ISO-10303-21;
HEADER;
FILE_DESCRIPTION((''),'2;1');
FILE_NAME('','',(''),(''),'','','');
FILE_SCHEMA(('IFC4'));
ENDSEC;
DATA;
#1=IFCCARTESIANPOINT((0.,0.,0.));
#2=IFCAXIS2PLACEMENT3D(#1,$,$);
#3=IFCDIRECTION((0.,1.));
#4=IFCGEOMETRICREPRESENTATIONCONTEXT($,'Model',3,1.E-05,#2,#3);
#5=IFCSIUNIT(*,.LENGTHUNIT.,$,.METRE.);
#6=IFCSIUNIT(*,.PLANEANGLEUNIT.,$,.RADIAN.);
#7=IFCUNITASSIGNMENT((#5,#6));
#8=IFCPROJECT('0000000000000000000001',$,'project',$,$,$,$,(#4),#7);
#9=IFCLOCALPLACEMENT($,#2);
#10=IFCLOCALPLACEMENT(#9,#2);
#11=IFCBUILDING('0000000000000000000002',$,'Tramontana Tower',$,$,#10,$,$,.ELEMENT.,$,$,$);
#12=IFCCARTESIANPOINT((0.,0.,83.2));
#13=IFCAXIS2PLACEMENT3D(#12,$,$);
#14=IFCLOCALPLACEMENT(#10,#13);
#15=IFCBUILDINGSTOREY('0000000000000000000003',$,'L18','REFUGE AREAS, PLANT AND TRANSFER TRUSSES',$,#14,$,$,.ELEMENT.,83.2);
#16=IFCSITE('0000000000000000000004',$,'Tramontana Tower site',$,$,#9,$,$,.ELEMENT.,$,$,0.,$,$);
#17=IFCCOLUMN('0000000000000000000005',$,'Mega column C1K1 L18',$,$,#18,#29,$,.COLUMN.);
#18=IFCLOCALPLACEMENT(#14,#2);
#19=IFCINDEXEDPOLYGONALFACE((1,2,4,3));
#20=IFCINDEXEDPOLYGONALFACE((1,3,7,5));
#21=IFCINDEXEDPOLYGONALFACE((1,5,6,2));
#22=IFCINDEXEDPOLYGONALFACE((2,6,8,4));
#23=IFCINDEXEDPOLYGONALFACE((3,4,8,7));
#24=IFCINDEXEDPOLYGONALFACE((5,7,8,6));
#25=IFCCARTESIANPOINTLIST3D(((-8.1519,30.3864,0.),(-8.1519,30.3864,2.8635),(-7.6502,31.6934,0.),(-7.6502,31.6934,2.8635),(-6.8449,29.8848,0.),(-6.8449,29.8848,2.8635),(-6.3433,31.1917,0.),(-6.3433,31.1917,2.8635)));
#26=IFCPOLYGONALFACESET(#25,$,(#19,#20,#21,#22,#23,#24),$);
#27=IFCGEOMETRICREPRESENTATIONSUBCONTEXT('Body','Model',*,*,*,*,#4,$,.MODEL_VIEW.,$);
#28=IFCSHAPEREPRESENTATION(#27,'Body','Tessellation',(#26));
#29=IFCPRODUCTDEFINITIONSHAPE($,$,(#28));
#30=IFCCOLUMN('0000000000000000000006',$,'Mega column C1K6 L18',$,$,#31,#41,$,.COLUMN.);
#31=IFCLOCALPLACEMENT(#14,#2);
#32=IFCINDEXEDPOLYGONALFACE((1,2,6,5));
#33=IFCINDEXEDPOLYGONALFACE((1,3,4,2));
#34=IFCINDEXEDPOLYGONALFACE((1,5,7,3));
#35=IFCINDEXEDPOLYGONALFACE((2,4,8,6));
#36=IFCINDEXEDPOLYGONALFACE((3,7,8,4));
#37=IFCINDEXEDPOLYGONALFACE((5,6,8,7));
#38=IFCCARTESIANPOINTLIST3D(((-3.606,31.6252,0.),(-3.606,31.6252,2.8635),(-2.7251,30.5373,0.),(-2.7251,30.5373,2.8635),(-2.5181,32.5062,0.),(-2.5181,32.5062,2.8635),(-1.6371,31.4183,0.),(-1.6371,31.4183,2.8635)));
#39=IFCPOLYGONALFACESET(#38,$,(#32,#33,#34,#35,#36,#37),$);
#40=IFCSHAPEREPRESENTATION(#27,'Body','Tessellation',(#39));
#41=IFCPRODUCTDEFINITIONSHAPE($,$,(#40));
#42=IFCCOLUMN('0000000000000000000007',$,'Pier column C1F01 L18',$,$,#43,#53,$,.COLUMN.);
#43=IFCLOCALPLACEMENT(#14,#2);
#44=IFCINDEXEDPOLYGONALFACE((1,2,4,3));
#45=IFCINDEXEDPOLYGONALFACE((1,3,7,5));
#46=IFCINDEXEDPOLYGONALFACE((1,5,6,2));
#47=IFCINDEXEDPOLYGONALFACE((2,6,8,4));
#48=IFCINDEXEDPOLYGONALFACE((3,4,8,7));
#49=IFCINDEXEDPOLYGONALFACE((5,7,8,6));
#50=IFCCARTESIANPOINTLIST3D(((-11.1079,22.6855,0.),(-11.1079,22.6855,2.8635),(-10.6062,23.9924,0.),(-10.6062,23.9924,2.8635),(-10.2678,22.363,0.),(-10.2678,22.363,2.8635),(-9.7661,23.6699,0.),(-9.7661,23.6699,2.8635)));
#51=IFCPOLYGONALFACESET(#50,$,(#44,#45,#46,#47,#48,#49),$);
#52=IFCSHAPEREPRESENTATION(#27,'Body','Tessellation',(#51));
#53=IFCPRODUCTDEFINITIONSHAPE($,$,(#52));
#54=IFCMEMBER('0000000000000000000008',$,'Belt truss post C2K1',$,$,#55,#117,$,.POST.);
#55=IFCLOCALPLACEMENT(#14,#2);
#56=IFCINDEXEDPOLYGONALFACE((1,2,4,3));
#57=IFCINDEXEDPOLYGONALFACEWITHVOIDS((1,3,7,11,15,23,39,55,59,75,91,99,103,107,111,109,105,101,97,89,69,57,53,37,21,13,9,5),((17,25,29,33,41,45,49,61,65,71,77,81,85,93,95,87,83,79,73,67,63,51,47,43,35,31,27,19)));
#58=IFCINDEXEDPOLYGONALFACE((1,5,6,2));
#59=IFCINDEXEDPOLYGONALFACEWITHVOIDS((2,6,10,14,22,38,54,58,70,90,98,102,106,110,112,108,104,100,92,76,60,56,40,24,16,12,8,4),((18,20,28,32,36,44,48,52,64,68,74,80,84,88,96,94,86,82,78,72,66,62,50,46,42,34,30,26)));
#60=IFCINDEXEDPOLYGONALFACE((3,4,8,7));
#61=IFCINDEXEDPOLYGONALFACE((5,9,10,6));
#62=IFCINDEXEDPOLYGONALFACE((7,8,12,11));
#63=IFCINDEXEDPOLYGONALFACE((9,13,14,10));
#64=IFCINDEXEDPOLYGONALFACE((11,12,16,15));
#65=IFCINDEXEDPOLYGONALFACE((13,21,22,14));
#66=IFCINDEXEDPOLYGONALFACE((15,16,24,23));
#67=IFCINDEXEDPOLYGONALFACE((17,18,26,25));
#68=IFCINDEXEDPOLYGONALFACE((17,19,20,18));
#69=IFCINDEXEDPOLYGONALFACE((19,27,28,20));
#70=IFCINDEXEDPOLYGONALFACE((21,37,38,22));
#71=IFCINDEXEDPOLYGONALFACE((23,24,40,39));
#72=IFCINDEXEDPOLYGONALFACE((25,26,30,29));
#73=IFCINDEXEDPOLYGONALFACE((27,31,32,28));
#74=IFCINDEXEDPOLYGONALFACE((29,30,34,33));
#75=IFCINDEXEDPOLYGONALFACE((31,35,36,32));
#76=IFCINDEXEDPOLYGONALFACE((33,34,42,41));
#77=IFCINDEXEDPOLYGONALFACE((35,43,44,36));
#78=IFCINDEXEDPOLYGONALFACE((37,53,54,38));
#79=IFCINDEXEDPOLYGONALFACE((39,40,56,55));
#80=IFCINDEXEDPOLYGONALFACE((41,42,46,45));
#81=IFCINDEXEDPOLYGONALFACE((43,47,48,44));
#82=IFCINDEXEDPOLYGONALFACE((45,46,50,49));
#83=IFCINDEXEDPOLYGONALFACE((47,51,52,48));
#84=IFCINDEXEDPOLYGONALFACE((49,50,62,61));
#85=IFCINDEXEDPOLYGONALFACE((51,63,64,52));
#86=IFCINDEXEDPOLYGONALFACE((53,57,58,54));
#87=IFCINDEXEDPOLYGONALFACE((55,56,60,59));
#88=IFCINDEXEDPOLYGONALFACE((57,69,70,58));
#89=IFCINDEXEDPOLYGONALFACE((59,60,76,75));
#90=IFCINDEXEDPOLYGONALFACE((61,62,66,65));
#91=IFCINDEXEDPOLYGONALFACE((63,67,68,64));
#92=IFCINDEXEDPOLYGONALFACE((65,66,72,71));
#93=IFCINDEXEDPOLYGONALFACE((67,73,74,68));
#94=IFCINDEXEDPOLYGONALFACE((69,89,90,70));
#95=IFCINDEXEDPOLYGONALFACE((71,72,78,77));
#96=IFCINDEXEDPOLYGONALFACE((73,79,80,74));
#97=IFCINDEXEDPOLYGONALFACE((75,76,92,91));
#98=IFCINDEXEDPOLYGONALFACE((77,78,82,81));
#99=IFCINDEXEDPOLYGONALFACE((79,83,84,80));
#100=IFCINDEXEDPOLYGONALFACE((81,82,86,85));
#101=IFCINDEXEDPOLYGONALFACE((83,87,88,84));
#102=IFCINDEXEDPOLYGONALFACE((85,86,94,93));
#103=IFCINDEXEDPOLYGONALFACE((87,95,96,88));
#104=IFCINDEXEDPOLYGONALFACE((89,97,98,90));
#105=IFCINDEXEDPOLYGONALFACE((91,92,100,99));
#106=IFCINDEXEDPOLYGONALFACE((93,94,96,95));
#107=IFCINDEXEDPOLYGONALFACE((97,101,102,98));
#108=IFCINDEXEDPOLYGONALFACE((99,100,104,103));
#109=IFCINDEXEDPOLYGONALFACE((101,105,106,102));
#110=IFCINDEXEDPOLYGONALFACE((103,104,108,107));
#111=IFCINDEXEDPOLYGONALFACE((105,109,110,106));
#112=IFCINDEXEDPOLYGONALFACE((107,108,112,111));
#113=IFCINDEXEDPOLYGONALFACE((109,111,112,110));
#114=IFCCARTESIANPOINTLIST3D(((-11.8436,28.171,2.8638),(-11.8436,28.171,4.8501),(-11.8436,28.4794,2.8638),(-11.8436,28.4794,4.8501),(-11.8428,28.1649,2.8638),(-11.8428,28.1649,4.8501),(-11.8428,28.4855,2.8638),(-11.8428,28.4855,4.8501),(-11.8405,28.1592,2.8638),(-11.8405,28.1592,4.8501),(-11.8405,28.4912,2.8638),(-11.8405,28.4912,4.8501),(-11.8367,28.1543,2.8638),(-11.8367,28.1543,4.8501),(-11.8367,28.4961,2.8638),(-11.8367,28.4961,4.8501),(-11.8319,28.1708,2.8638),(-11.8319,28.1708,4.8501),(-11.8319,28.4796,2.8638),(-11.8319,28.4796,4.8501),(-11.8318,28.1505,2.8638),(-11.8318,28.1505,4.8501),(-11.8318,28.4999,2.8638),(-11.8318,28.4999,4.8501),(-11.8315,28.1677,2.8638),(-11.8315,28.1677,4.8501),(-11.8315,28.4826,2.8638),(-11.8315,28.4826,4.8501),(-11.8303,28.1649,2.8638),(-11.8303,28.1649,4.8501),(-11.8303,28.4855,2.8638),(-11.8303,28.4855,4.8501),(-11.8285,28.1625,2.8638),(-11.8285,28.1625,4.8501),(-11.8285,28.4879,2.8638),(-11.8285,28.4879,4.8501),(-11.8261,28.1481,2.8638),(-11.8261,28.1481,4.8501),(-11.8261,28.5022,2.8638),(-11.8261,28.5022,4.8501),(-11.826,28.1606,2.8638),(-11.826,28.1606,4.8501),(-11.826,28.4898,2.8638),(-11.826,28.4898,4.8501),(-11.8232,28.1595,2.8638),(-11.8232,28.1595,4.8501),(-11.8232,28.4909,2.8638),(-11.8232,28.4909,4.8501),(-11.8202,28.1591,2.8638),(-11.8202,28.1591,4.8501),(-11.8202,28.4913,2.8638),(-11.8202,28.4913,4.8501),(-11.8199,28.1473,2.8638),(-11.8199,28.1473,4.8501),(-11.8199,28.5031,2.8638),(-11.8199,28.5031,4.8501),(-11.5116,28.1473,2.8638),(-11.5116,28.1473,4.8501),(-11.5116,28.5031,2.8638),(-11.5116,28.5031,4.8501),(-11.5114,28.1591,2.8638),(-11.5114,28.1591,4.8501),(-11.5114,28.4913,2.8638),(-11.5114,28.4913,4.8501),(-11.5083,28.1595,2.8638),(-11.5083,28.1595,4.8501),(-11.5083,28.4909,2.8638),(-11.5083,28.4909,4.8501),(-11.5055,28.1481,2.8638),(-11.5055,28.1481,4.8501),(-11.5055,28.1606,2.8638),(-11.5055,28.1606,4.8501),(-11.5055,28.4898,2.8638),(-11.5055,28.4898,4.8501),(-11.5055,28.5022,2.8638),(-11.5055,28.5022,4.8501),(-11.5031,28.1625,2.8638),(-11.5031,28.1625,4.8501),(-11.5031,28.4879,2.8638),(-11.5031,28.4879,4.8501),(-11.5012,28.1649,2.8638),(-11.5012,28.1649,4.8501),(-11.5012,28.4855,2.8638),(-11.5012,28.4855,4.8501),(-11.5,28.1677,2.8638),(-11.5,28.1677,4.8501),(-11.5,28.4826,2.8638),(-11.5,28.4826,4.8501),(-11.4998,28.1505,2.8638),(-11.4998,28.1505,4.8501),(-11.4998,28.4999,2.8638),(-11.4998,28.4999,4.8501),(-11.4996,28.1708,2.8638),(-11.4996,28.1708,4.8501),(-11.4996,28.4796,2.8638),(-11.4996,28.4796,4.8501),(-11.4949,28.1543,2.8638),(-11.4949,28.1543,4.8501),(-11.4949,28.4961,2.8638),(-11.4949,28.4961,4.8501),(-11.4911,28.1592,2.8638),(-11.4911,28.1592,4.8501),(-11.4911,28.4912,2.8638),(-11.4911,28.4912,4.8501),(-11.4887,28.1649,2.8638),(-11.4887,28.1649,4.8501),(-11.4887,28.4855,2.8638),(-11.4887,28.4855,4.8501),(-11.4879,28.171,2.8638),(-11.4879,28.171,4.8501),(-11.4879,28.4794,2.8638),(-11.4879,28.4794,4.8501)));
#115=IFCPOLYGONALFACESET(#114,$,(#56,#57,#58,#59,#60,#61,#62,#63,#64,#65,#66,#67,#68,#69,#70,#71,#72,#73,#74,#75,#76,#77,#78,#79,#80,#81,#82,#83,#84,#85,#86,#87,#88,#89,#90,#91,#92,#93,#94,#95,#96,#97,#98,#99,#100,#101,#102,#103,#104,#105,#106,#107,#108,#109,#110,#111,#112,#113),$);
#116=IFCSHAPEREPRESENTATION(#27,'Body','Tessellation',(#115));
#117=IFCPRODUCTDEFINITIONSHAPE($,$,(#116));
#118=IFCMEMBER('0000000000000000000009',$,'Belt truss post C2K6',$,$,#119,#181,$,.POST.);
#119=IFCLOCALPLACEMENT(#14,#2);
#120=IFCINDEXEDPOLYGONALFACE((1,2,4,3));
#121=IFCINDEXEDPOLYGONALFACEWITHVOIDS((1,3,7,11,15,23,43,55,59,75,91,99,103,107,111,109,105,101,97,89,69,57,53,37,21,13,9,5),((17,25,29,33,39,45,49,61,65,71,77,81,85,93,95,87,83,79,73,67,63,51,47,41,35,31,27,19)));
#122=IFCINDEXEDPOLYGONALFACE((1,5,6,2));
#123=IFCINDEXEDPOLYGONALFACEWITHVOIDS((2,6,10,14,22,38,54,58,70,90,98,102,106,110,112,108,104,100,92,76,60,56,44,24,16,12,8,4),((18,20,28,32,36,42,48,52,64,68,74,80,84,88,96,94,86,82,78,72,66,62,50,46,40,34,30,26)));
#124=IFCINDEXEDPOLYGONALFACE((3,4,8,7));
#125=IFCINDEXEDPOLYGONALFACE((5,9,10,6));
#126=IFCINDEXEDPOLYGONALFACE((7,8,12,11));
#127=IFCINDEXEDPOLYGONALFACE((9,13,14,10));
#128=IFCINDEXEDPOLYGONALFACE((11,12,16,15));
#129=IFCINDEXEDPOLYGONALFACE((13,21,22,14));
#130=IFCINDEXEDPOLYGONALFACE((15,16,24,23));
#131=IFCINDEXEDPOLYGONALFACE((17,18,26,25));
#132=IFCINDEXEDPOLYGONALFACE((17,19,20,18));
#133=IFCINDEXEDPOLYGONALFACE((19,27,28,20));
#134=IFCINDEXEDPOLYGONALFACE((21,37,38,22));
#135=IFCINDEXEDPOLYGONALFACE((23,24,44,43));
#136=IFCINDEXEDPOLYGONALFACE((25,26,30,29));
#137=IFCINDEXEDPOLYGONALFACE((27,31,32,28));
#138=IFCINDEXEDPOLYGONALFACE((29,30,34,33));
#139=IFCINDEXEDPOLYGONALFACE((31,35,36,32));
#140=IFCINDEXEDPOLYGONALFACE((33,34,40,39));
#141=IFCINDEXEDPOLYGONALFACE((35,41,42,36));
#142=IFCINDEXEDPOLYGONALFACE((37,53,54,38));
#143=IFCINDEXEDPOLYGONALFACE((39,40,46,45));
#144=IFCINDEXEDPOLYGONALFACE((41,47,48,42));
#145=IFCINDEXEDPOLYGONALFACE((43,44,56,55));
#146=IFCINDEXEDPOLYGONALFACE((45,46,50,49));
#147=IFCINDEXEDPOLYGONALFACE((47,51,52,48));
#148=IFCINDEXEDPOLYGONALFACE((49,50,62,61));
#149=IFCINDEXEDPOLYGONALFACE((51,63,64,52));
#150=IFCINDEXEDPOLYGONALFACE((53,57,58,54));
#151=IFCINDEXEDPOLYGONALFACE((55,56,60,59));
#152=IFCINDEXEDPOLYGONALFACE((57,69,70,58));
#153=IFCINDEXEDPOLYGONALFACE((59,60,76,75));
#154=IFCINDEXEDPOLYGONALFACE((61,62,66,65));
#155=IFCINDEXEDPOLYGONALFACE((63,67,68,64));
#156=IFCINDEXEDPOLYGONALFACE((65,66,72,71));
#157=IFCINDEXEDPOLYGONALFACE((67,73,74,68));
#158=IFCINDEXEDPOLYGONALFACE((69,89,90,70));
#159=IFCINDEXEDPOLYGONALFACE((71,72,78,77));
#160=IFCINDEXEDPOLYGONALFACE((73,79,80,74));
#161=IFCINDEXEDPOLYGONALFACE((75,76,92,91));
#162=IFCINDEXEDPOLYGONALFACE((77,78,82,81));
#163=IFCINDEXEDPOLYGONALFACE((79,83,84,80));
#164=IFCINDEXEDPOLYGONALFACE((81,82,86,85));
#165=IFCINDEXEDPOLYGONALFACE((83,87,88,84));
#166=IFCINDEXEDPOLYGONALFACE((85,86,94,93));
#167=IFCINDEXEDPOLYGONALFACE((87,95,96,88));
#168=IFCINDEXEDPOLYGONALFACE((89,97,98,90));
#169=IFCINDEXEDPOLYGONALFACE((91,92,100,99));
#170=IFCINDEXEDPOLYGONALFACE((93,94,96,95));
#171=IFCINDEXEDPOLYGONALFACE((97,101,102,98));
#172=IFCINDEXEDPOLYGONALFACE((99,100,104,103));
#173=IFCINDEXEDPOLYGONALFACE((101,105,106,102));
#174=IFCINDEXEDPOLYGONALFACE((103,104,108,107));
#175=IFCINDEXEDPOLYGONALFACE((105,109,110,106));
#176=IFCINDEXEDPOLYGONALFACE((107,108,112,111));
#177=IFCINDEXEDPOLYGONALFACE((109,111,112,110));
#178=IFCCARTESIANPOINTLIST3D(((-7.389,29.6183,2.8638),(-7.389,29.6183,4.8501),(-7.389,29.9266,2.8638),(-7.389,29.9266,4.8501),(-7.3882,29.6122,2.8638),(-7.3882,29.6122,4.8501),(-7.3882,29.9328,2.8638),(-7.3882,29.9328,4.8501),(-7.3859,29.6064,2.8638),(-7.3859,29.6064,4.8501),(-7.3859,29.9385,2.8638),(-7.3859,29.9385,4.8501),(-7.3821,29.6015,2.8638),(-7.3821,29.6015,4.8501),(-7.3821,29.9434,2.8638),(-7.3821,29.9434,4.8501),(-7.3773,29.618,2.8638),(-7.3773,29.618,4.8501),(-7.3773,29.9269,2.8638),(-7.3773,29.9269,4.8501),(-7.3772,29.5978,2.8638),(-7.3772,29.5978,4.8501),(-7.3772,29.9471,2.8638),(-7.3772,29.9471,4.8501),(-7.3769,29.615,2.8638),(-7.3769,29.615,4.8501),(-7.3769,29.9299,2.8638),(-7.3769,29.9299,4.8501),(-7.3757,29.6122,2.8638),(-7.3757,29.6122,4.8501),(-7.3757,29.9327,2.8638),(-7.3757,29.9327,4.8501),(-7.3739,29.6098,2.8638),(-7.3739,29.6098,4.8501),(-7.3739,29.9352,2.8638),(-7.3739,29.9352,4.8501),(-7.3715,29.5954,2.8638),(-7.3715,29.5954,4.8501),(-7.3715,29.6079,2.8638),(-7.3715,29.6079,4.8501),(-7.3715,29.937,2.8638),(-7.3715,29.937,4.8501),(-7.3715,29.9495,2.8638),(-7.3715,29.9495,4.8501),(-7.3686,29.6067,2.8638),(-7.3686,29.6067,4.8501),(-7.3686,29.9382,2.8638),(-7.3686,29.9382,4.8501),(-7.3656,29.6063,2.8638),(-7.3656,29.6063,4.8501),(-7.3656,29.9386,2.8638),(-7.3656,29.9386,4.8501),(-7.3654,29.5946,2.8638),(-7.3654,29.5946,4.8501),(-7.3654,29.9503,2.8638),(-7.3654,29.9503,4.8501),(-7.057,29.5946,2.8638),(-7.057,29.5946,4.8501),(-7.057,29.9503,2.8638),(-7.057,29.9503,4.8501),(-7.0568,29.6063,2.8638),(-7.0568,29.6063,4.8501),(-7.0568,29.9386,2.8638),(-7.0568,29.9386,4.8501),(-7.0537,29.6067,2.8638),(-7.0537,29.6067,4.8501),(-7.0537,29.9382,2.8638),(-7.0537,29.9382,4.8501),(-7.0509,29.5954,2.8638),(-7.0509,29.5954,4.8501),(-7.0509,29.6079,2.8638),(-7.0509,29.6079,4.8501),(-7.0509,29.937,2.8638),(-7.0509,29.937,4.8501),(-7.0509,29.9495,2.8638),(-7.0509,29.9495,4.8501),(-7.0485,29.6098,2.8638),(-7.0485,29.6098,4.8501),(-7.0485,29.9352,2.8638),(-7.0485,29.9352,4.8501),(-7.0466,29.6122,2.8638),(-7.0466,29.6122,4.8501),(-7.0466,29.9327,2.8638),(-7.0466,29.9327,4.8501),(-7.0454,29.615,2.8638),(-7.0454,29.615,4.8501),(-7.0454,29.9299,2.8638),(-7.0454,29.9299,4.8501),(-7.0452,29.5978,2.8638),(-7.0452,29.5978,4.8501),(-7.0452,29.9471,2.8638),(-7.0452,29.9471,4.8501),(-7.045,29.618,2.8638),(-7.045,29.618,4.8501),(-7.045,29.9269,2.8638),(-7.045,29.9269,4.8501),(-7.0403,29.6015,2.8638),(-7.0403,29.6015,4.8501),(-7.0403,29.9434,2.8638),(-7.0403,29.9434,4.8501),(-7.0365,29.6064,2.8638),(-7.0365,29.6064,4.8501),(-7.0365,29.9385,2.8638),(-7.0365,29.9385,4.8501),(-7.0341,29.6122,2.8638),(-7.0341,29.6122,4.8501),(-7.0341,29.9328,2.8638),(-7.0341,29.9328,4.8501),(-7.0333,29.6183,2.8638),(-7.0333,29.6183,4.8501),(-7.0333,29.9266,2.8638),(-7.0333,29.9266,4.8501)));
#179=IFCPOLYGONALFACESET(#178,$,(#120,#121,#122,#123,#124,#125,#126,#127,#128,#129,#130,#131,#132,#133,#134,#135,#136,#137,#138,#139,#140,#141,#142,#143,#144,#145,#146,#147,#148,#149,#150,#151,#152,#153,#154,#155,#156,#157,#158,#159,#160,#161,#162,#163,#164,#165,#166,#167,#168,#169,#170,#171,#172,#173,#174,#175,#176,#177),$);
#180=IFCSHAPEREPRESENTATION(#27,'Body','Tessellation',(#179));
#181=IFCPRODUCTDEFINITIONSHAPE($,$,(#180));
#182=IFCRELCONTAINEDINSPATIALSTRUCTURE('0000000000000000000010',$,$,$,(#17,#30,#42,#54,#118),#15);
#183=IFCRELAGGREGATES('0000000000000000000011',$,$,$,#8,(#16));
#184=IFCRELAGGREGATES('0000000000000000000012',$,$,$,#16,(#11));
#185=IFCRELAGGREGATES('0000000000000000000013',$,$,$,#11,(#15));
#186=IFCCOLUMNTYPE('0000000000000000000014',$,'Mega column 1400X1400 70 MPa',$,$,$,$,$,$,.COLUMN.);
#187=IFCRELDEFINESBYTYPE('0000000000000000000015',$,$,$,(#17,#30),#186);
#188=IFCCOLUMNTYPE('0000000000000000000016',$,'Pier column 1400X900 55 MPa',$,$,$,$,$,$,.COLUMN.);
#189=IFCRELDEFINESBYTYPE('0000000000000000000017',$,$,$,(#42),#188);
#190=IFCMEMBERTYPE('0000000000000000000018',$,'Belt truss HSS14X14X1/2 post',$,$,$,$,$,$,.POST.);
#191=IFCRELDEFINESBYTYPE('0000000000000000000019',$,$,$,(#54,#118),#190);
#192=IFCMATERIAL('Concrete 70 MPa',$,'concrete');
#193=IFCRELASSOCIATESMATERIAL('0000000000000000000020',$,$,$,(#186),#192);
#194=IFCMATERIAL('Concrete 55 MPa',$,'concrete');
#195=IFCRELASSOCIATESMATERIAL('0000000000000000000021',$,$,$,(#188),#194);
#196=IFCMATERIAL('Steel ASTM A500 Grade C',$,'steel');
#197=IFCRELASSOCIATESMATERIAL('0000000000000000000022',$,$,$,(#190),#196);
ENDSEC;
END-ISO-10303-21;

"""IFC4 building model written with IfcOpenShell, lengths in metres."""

from ifc_helpers import new_model, si_unit, direction, frame, origin, origin_2d, place, context, subcontext, project, spatial, rectangle, hollow_rectangle, extrude, material, material_profile, profile_set, type_object, element, save


model = new_model("IFC4")

# Units and contexts
model_context = context("Model", 3, precision=1e-05, world=origin(), true_north=direction((0.0, 1.0)))
body_context = subcontext(model_context, "Body", "Model", "MODEL_VIEW")
ifc_project = project(units=[si_unit("LENGTHUNIT", "METRE"), si_unit("PLANEANGLEUNIT", "RADIAN")], contexts=[model_context])

# Site, building, storey
site_placement = place(None, origin())
site = spatial("IfcSite", under=ifc_project, at=site_placement, Name="Tramontana Tower site", CompositionType="ELEMENT", RefElevation=0.0)
building_placement = place(site_placement, origin())
building = spatial("IfcBuilding", under=site, at=building_placement, Name="Tramontana Tower", CompositionType="ELEMENT")
storey_placement = place(building_placement, frame((0.0, 0.0, 83.2)))
storey = spatial("IfcBuildingStorey", under=building, at=storey_placement, Name="L18", Description="REFUGE AREAS, PLANT AND TRANSFER TRUSSES", CompositionType="ELEMENT", Elevation=83.2)

# Columns
ifc_material_1 = material(Name="Concrete 70 MPa", Category="concrete")
ifc_material_profile_1 = material_profile(ifc_material_1, rectangle(XDim=1.3999, YDim=1.3999, at=origin_2d()), Name="Mega column 1400X1400 70 MPa")
ifc_profile_set_1 = profile_set([ifc_material_profile_1], Name="Concrete 70 MPa")
column_type_1 = type_object("IfcColumnType", Name="Mega column 1400X1400 70 MPa", PredefinedType="COLUMN", material=ifc_profile_set_1)
for number, where, z_axis, x_axis, name in (
    (1, (-7.2476, 30.7891, 0.0), (0.0, 0.0, 1.0), (-0.358368, -0.93358, 0.0), "Mega column C1K1 L18"),
    (2, (-2.6216, 31.5217, 0.0), (0.0, 0.0, 1.0), (-0.62932, 0.777146, 0.0), "Mega column C1K6 L18"),
):
    element("IfcColumn", number, at=place(storey_placement, frame(where, z_axis=z_axis, x_axis=x_axis)), inside=storey, type_object=column_type_1, Name=name, PredefinedType="COLUMN", context=body_context, shape_type="SweptSolid", body=[
        extrude(rectangle(XDim=1.3999, YDim=1.3999, at=origin_2d()), origin(), (0.0, 0.0, 1.0), 2.8635),
    ])
ifc_material_2 = material(Name="Concrete 55 MPa", Category="concrete")
ifc_material_profile_2 = material_profile(ifc_material_2, rectangle(XDim=1.3999, YDim=0.8999, at=origin_2d()), Name="Pier column 1400X900 55 MPa")
ifc_profile_set_2 = profile_set([ifc_material_profile_2], Name="Concrete 55 MPa")
column_type_2 = type_object("IfcColumnType", Name="Pier column 1400X900 55 MPa", PredefinedType="COLUMN", material=ifc_profile_set_2)
column_placement = place(storey_placement, frame((-10.437, 23.1777, 0.0), z_axis=(0.0, 0.0, 1.0), x_axis=(-0.358368, -0.93358, 0.0)))
element("IfcColumn", 3, at=column_placement, inside=storey, type_object=column_type_2, Name="Pier column C1F01 L18", PredefinedType="COLUMN", context=body_context, shape_type="SweptSolid", body=[
    extrude(rectangle(XDim=1.3999, YDim=0.8999, at=origin_2d()), origin(), (0.0, 0.0, 1.0), 2.8635),
])

# Members
ifc_material_3 = material(Name="Steel ASTM A500 Grade C", Category="steel")
ifc_material_profile_3 = material_profile(ifc_material_3, hollow_rectangle(XDim=0.3557, YDim=0.3557, WallThickness=0.0117, InnerFilletRadius=0.0117, OuterFilletRadius=0.0237, at=origin_2d()), Name="HSS14X14X1/2")
ifc_profile_set_3 = profile_set([ifc_material_profile_3], Name="Steel ASTM A500 Grade C")
member_type_1 = type_object("IfcMemberType", Name="Belt truss HSS14X14X1/2 post", PredefinedType="POST", material=ifc_profile_set_3)
for number, where, z_axis, x_axis, name in (
    (4, (-11.6658, 28.3252, 2.8638), (0.0, 0.0, 1.0), (1.0, 0.0, 0.0), "Belt truss post C2K1"),
    (5, (-7.2112, 29.7725, 2.8638), (0.0, 0.0, 1.0), (1.0, 0.0, 0.0), "Belt truss post C2K6"),
):
    element("IfcMember", number, at=place(storey_placement, frame(where, z_axis=z_axis, x_axis=x_axis)), inside=storey, type_object=member_type_1, Name=name, PredefinedType="POST", context=body_context, shape_type="SweptSolid", body=[
        extrude(hollow_rectangle(XDim=0.3557, YDim=0.3557, WallThickness=0.0117, InnerFilletRadius=0.0117, OuterFilletRadius=0.0237, at=origin_2d()), origin(), (0.0, 0.0, 1.0), 1.9863),
    ])

save(model, "model.ifc")
